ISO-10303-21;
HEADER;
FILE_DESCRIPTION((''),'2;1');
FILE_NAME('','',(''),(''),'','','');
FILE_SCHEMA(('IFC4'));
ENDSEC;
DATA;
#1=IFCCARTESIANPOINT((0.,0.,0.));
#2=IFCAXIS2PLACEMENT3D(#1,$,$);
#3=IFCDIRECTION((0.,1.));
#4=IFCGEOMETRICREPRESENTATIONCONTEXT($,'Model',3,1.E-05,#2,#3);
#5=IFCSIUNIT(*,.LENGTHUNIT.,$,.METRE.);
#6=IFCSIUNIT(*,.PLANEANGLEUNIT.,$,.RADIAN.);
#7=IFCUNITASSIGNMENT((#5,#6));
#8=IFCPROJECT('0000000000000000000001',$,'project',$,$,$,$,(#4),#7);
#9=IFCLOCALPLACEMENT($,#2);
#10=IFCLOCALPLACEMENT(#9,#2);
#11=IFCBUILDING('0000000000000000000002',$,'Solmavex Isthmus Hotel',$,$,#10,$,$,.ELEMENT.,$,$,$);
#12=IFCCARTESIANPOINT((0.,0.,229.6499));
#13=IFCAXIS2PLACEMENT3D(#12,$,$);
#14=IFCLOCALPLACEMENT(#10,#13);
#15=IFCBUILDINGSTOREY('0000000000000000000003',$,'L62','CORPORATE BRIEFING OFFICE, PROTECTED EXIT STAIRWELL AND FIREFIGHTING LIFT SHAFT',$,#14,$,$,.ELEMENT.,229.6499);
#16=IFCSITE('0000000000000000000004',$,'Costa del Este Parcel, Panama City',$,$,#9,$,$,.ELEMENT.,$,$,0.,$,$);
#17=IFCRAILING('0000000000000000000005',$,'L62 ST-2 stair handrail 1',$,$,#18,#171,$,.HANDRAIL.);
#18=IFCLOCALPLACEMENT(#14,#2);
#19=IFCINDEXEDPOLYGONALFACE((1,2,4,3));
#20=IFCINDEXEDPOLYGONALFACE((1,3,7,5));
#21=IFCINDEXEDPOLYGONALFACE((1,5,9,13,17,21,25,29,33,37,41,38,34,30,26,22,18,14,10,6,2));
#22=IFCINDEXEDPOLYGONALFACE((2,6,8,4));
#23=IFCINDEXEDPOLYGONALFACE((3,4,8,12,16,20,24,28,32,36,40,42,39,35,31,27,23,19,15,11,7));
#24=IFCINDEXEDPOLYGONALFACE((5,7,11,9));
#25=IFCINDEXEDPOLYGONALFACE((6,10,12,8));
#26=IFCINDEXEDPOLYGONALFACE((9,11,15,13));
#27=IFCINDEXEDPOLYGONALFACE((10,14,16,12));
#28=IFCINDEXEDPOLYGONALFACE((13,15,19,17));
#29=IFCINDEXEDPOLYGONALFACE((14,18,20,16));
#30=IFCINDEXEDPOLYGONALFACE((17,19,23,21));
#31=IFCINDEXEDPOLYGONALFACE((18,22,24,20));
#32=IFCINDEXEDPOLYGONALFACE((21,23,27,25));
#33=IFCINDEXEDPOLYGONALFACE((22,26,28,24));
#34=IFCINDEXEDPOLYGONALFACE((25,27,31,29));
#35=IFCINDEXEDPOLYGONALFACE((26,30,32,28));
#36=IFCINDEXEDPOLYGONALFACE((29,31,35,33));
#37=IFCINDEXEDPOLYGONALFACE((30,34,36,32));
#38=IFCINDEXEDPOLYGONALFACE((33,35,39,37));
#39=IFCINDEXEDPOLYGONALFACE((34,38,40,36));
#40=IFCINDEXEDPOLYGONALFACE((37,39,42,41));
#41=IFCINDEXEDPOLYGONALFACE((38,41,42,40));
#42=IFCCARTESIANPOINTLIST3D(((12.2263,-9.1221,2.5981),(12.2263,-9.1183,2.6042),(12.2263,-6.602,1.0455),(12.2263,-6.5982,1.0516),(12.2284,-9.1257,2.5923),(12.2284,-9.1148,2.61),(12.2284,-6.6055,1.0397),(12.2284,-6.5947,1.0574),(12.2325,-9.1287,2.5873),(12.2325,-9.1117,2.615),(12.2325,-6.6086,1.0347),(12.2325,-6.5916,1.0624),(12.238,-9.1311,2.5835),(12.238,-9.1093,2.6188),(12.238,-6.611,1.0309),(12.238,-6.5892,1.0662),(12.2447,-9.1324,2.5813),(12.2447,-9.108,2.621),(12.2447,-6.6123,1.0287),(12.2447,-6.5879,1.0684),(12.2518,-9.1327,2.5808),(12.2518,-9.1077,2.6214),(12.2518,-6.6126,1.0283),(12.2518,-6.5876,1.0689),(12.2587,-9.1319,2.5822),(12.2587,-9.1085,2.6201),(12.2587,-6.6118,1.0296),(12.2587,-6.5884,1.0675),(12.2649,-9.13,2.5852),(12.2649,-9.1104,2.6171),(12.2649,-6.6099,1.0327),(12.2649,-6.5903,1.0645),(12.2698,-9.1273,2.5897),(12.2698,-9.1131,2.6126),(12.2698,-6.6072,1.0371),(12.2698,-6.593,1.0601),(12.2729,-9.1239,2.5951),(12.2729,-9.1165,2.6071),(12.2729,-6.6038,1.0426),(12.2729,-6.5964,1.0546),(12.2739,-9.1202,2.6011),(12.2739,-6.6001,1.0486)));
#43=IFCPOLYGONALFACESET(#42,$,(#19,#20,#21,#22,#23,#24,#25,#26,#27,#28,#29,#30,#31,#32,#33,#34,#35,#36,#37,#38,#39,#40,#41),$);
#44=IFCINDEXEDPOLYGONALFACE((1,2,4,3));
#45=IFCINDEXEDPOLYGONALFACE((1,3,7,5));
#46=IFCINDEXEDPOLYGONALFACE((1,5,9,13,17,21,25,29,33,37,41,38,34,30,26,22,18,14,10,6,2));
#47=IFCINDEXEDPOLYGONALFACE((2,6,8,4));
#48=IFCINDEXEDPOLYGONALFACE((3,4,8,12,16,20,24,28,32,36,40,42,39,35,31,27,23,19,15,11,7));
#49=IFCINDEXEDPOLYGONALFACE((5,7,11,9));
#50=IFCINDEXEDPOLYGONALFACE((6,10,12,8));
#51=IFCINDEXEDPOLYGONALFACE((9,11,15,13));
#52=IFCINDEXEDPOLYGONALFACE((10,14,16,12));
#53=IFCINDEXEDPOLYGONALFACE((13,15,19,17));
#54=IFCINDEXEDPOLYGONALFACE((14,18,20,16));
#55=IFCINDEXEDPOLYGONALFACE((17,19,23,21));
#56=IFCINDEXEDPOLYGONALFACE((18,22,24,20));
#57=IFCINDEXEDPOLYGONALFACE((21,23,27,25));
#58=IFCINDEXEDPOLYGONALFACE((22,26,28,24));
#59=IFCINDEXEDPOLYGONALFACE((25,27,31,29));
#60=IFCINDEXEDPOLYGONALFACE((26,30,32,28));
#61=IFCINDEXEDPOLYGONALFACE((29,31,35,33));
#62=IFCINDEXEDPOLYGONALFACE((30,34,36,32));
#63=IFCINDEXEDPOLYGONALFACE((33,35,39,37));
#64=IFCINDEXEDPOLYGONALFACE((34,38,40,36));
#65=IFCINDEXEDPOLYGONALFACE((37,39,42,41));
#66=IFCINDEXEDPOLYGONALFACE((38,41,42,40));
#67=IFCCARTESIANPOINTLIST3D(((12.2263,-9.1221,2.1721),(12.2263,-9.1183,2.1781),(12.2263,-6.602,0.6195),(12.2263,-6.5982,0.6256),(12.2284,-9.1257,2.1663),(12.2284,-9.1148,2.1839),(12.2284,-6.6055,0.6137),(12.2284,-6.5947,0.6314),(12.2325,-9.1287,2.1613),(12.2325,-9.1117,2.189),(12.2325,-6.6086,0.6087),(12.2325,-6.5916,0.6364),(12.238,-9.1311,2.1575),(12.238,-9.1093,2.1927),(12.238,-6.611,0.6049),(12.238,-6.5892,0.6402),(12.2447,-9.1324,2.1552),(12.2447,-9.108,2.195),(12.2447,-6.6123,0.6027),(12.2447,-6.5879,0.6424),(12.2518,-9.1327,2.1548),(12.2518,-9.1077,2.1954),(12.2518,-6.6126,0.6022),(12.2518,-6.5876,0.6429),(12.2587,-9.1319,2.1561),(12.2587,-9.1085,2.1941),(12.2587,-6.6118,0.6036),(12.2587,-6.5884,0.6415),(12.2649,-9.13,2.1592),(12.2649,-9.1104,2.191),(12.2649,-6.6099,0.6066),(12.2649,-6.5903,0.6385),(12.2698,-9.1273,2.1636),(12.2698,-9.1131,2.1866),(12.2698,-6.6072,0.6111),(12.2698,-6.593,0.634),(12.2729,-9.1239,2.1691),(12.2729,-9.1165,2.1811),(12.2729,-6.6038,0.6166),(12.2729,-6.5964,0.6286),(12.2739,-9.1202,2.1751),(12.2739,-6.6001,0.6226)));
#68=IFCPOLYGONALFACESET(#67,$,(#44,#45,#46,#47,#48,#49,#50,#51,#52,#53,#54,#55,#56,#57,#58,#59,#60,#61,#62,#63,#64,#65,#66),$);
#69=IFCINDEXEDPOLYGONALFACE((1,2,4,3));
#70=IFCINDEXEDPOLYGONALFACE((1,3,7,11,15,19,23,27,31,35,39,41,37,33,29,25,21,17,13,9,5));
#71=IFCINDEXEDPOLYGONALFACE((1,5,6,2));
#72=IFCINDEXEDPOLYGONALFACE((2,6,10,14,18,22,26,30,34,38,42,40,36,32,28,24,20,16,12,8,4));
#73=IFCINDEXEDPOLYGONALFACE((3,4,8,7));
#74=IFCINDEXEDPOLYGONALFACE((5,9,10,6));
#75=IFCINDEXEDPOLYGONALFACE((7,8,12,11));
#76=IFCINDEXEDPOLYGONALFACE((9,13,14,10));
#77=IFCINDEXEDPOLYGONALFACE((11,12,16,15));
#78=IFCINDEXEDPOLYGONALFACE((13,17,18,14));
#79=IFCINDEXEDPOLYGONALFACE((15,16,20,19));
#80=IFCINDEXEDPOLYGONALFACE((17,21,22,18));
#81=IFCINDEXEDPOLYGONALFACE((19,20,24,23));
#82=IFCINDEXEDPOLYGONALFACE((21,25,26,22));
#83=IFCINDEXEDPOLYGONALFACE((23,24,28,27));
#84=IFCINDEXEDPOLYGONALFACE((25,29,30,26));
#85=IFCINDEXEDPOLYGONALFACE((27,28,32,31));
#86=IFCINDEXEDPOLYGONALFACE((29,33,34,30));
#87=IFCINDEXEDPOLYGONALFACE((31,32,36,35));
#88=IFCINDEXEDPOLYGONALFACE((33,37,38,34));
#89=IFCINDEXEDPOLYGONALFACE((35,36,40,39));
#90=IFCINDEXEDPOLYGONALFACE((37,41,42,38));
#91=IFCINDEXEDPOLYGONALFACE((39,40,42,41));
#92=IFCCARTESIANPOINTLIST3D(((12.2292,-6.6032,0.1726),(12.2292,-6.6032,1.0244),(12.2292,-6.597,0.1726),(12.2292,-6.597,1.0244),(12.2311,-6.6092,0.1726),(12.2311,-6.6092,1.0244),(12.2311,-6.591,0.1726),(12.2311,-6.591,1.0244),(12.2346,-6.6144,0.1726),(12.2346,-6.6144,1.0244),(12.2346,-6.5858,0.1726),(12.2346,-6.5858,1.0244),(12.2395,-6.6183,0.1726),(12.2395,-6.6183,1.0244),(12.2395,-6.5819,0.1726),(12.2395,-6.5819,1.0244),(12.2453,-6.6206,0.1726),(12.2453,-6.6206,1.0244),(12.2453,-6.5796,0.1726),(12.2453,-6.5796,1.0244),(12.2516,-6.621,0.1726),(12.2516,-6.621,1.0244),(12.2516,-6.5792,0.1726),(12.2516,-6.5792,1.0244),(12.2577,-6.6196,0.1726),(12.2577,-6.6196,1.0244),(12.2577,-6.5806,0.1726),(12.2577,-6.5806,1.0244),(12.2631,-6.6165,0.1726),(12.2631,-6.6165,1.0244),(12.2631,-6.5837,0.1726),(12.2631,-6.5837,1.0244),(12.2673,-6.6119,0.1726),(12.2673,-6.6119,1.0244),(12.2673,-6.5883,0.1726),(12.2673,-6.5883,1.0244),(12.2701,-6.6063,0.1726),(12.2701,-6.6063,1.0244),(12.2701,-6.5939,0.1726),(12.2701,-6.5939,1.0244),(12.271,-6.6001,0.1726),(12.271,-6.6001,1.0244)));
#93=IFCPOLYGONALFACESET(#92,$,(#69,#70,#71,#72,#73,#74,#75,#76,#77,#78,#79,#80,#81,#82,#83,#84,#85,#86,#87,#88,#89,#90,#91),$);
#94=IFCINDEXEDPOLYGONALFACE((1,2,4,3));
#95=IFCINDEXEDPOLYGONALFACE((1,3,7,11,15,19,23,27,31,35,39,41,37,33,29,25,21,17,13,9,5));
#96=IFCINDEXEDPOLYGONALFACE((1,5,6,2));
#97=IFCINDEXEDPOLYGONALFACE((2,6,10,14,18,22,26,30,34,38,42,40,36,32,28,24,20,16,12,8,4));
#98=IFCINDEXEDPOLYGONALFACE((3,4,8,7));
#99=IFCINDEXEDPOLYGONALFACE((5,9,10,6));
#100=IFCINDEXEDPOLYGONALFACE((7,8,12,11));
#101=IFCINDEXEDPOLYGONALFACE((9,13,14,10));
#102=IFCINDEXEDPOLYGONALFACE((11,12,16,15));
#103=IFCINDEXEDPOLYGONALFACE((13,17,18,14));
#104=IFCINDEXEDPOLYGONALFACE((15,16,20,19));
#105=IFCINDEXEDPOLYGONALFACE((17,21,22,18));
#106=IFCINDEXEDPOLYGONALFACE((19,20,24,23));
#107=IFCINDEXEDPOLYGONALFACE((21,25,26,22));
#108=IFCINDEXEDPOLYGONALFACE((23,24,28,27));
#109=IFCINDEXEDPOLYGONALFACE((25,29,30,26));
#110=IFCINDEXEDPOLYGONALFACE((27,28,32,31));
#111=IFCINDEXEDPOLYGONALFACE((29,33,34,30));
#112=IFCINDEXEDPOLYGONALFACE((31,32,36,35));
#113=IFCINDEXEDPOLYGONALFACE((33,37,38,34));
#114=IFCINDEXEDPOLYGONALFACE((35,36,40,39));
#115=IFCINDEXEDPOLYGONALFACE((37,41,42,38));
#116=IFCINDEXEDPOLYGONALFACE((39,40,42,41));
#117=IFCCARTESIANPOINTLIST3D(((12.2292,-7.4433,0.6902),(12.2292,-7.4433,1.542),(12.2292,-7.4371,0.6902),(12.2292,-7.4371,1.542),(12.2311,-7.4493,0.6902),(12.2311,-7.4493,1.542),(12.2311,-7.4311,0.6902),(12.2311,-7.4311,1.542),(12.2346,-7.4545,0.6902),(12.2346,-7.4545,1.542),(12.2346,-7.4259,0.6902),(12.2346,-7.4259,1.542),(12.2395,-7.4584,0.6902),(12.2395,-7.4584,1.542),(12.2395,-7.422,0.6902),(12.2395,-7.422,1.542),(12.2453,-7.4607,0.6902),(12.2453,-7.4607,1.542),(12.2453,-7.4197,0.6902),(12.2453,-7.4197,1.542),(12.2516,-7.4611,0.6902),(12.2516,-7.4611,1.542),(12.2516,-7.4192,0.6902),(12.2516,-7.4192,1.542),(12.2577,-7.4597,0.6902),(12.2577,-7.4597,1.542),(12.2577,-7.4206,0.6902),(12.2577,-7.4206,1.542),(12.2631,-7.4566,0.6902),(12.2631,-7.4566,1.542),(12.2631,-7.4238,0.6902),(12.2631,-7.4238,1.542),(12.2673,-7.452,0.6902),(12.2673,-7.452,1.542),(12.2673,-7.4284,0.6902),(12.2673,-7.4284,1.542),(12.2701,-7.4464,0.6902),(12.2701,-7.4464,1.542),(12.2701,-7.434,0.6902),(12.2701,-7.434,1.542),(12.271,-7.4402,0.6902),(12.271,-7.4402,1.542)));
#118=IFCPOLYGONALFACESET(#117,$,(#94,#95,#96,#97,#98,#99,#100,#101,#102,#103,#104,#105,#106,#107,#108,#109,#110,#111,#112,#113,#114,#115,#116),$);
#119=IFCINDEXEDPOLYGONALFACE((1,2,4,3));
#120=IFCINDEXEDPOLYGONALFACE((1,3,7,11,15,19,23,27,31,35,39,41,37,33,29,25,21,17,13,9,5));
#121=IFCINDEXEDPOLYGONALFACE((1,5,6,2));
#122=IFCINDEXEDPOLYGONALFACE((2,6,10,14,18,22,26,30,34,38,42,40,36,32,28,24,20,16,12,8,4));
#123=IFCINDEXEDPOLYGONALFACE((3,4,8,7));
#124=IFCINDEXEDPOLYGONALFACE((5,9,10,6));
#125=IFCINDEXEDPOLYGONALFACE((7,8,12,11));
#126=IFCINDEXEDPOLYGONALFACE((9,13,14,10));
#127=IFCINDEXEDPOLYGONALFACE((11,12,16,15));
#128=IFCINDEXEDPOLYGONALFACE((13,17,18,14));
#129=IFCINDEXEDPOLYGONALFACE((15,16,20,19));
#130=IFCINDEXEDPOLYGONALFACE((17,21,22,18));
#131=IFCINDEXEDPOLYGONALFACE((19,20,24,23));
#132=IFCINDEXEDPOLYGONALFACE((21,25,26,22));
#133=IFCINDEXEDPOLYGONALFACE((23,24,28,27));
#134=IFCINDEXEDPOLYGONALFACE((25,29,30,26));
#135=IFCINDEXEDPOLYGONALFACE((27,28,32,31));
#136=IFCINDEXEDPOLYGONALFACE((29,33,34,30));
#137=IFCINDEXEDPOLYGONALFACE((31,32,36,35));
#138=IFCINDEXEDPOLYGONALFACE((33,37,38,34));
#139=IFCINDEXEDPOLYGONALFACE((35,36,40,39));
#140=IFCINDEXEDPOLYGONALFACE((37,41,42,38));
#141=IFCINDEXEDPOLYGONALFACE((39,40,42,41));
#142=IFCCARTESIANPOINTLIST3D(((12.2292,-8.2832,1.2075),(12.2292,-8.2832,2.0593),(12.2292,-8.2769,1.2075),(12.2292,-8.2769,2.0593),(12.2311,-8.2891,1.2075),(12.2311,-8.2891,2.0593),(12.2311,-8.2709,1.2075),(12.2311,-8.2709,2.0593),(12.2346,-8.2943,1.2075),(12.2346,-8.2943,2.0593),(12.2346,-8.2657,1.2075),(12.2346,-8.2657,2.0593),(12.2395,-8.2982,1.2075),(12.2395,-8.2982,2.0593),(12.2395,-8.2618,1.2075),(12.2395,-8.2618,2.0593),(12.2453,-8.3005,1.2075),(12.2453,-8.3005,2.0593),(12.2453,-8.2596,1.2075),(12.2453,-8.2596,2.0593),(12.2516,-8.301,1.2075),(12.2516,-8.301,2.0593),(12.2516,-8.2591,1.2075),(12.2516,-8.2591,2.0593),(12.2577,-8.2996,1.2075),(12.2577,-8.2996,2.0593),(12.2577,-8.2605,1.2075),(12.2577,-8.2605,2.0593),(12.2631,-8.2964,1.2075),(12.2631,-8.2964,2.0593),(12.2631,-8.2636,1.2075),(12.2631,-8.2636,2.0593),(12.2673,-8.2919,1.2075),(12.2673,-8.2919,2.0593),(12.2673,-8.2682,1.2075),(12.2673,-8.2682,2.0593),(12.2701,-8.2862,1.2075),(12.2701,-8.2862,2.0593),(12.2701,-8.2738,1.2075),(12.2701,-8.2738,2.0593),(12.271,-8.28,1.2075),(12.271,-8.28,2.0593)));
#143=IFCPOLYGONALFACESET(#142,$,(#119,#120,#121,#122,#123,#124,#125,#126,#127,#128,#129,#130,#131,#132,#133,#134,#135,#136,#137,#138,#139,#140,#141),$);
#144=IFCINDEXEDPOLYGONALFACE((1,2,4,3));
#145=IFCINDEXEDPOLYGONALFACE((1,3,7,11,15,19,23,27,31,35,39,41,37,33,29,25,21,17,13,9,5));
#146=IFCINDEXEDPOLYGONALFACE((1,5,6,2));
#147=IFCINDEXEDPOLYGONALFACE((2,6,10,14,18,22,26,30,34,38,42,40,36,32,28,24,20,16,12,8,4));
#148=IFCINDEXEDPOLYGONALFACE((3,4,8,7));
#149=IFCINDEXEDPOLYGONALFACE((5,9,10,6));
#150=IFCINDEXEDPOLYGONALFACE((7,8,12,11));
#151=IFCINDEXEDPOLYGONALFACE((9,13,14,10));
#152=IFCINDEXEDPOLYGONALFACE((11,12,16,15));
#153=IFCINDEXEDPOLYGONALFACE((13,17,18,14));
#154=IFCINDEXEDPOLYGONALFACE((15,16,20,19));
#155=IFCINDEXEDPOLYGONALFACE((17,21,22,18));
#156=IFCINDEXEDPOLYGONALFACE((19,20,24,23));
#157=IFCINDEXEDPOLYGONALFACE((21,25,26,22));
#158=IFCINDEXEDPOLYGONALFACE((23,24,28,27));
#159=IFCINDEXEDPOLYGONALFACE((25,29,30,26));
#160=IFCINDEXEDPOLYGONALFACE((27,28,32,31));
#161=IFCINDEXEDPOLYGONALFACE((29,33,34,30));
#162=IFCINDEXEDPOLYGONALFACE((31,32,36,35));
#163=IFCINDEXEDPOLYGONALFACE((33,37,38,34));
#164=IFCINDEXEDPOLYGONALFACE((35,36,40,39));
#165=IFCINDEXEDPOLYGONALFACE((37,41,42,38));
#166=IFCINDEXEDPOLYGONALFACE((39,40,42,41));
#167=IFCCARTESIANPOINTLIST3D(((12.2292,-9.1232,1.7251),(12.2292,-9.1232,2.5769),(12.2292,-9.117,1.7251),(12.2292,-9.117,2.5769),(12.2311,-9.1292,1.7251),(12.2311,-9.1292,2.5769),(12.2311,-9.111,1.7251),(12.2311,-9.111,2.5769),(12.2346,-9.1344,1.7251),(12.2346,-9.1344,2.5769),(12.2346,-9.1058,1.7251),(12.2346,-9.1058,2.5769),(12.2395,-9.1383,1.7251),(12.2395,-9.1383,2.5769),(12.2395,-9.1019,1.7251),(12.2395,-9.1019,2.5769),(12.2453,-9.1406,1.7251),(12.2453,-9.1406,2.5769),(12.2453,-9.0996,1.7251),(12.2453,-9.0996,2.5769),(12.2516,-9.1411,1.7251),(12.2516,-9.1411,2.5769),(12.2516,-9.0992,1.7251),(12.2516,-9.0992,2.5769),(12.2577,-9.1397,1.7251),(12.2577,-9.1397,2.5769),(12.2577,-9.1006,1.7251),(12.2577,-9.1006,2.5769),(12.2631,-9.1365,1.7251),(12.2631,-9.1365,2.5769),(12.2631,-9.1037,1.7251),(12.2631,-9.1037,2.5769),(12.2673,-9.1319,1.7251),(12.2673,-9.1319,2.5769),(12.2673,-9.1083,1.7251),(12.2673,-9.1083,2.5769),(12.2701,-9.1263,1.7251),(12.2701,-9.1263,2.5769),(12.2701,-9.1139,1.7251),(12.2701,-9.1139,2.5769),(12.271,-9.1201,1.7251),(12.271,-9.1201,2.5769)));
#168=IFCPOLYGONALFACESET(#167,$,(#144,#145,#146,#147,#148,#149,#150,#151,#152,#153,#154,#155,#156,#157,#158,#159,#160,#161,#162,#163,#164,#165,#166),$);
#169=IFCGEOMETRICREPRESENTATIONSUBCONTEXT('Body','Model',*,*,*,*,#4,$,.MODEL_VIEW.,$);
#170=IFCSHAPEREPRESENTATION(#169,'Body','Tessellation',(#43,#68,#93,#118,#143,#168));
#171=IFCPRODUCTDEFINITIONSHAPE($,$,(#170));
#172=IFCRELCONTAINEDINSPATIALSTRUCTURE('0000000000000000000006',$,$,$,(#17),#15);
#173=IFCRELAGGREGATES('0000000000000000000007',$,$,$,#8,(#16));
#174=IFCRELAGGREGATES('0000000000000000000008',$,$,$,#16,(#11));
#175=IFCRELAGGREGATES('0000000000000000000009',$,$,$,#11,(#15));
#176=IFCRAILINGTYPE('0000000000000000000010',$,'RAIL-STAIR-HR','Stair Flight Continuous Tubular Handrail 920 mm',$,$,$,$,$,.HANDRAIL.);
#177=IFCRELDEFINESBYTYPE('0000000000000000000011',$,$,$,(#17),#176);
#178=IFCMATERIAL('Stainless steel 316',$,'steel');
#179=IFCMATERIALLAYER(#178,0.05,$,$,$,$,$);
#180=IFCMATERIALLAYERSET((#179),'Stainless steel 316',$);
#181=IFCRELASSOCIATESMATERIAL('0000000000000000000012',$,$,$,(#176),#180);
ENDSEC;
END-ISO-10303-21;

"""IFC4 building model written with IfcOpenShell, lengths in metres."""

from ifc_helpers import new_model, si_unit, direction, frame, origin, origin_2d, place, context, subcontext, project, spatial, circle, extrude, material, layer, layer_set, type_object, element, save


model = new_model("IFC4")

# Units and contexts
model_context = context("Model", 3, precision=1e-05, world=origin(), true_north=direction((0.0, 1.0)))
body_context = subcontext(model_context, "Body", "Model", "MODEL_VIEW")
ifc_project = project(units=[si_unit("LENGTHUNIT", "METRE"), si_unit("PLANEANGLEUNIT", "RADIAN")], contexts=[model_context])

# Site, building, storey
site_placement = place(None, origin())
site = spatial("IfcSite", under=ifc_project, at=site_placement, Name="Costa del Este Parcel, Panama City", CompositionType="ELEMENT", RefElevation=0.0)
building_placement = place(site_placement, origin())
building = spatial("IfcBuilding", under=site, at=building_placement, Name="Solmavex Isthmus Hotel", CompositionType="ELEMENT")
storey_placement = place(building_placement, frame((0.0, 0.0, 229.6499)))
storey = spatial("IfcBuildingStorey", under=building, at=storey_placement, Name="L62", Description="CORPORATE BRIEFING OFFICE, PROTECTED EXIT STAIRWELL AND FIREFIGHTING LIFT SHAFT", CompositionType="ELEMENT", Elevation=229.6499)

# Shared definitions
ifc_material_1 = material(Name="Stainless steel 316", Category="steel")

# Railing
ifc_layer_1 = layer(ifc_material_1, 0.05)
ifc_layer_set_1 = layer_set([ifc_layer_1], Name="Stainless steel 316")
railing_type_1 = type_object("IfcRailingType", Name="RAIL-STAIR-HR", Description="Stair Flight Continuous Tubular Handrail 920 mm", PredefinedType="HANDRAIL", material=ifc_layer_set_1)
railing_1_placement = place(storey_placement, frame((12.25, -6.6001, 0.1726)))
element("IfcRailing", 1, at=railing_1_placement, inside=storey, type_object=railing_type_1, Name="L62 ST-2 stair handrail 1", PredefinedType="HANDRAIL", context=body_context, shape_type="SweptSolid", body=[
    extrude(circle(Radius=0.0239, at=origin_2d()), frame((0.0, 0.0, 0.876), z_axis=(0.0, -0.8514, 0.524516), x_axis=(1.0, 0.0, 0.0)), (0.0, 0.0, 1.0), 2.96),
    extrude(circle(Radius=0.0239, at=origin_2d()), frame((0.0, 0.0, 0.45), z_axis=(0.0, -0.8514, 0.524516), x_axis=(1.0, 0.0, 0.0)), (0.0, 0.0, 1.0), 2.96),
    extrude(circle(Radius=0.021, at=origin_2d()), origin(), (0.0, 0.0, 1.0), 0.8518),
    extrude(circle(Radius=0.021, at=origin_2d()), frame((0.0, -0.8401, 0.5176)), (0.0, 0.0, 1.0), 0.8518),
    extrude(circle(Radius=0.021, at=origin_2d()), frame((0.0, -1.6799, 1.0349)), (0.0, 0.0, 1.0), 0.8518),
    extrude(circle(Radius=0.021, at=origin_2d()), frame((0.0, -2.52, 1.5525)), (0.0, 0.0, 1.0), 0.8518),
])

save(model, "model.ifc")
